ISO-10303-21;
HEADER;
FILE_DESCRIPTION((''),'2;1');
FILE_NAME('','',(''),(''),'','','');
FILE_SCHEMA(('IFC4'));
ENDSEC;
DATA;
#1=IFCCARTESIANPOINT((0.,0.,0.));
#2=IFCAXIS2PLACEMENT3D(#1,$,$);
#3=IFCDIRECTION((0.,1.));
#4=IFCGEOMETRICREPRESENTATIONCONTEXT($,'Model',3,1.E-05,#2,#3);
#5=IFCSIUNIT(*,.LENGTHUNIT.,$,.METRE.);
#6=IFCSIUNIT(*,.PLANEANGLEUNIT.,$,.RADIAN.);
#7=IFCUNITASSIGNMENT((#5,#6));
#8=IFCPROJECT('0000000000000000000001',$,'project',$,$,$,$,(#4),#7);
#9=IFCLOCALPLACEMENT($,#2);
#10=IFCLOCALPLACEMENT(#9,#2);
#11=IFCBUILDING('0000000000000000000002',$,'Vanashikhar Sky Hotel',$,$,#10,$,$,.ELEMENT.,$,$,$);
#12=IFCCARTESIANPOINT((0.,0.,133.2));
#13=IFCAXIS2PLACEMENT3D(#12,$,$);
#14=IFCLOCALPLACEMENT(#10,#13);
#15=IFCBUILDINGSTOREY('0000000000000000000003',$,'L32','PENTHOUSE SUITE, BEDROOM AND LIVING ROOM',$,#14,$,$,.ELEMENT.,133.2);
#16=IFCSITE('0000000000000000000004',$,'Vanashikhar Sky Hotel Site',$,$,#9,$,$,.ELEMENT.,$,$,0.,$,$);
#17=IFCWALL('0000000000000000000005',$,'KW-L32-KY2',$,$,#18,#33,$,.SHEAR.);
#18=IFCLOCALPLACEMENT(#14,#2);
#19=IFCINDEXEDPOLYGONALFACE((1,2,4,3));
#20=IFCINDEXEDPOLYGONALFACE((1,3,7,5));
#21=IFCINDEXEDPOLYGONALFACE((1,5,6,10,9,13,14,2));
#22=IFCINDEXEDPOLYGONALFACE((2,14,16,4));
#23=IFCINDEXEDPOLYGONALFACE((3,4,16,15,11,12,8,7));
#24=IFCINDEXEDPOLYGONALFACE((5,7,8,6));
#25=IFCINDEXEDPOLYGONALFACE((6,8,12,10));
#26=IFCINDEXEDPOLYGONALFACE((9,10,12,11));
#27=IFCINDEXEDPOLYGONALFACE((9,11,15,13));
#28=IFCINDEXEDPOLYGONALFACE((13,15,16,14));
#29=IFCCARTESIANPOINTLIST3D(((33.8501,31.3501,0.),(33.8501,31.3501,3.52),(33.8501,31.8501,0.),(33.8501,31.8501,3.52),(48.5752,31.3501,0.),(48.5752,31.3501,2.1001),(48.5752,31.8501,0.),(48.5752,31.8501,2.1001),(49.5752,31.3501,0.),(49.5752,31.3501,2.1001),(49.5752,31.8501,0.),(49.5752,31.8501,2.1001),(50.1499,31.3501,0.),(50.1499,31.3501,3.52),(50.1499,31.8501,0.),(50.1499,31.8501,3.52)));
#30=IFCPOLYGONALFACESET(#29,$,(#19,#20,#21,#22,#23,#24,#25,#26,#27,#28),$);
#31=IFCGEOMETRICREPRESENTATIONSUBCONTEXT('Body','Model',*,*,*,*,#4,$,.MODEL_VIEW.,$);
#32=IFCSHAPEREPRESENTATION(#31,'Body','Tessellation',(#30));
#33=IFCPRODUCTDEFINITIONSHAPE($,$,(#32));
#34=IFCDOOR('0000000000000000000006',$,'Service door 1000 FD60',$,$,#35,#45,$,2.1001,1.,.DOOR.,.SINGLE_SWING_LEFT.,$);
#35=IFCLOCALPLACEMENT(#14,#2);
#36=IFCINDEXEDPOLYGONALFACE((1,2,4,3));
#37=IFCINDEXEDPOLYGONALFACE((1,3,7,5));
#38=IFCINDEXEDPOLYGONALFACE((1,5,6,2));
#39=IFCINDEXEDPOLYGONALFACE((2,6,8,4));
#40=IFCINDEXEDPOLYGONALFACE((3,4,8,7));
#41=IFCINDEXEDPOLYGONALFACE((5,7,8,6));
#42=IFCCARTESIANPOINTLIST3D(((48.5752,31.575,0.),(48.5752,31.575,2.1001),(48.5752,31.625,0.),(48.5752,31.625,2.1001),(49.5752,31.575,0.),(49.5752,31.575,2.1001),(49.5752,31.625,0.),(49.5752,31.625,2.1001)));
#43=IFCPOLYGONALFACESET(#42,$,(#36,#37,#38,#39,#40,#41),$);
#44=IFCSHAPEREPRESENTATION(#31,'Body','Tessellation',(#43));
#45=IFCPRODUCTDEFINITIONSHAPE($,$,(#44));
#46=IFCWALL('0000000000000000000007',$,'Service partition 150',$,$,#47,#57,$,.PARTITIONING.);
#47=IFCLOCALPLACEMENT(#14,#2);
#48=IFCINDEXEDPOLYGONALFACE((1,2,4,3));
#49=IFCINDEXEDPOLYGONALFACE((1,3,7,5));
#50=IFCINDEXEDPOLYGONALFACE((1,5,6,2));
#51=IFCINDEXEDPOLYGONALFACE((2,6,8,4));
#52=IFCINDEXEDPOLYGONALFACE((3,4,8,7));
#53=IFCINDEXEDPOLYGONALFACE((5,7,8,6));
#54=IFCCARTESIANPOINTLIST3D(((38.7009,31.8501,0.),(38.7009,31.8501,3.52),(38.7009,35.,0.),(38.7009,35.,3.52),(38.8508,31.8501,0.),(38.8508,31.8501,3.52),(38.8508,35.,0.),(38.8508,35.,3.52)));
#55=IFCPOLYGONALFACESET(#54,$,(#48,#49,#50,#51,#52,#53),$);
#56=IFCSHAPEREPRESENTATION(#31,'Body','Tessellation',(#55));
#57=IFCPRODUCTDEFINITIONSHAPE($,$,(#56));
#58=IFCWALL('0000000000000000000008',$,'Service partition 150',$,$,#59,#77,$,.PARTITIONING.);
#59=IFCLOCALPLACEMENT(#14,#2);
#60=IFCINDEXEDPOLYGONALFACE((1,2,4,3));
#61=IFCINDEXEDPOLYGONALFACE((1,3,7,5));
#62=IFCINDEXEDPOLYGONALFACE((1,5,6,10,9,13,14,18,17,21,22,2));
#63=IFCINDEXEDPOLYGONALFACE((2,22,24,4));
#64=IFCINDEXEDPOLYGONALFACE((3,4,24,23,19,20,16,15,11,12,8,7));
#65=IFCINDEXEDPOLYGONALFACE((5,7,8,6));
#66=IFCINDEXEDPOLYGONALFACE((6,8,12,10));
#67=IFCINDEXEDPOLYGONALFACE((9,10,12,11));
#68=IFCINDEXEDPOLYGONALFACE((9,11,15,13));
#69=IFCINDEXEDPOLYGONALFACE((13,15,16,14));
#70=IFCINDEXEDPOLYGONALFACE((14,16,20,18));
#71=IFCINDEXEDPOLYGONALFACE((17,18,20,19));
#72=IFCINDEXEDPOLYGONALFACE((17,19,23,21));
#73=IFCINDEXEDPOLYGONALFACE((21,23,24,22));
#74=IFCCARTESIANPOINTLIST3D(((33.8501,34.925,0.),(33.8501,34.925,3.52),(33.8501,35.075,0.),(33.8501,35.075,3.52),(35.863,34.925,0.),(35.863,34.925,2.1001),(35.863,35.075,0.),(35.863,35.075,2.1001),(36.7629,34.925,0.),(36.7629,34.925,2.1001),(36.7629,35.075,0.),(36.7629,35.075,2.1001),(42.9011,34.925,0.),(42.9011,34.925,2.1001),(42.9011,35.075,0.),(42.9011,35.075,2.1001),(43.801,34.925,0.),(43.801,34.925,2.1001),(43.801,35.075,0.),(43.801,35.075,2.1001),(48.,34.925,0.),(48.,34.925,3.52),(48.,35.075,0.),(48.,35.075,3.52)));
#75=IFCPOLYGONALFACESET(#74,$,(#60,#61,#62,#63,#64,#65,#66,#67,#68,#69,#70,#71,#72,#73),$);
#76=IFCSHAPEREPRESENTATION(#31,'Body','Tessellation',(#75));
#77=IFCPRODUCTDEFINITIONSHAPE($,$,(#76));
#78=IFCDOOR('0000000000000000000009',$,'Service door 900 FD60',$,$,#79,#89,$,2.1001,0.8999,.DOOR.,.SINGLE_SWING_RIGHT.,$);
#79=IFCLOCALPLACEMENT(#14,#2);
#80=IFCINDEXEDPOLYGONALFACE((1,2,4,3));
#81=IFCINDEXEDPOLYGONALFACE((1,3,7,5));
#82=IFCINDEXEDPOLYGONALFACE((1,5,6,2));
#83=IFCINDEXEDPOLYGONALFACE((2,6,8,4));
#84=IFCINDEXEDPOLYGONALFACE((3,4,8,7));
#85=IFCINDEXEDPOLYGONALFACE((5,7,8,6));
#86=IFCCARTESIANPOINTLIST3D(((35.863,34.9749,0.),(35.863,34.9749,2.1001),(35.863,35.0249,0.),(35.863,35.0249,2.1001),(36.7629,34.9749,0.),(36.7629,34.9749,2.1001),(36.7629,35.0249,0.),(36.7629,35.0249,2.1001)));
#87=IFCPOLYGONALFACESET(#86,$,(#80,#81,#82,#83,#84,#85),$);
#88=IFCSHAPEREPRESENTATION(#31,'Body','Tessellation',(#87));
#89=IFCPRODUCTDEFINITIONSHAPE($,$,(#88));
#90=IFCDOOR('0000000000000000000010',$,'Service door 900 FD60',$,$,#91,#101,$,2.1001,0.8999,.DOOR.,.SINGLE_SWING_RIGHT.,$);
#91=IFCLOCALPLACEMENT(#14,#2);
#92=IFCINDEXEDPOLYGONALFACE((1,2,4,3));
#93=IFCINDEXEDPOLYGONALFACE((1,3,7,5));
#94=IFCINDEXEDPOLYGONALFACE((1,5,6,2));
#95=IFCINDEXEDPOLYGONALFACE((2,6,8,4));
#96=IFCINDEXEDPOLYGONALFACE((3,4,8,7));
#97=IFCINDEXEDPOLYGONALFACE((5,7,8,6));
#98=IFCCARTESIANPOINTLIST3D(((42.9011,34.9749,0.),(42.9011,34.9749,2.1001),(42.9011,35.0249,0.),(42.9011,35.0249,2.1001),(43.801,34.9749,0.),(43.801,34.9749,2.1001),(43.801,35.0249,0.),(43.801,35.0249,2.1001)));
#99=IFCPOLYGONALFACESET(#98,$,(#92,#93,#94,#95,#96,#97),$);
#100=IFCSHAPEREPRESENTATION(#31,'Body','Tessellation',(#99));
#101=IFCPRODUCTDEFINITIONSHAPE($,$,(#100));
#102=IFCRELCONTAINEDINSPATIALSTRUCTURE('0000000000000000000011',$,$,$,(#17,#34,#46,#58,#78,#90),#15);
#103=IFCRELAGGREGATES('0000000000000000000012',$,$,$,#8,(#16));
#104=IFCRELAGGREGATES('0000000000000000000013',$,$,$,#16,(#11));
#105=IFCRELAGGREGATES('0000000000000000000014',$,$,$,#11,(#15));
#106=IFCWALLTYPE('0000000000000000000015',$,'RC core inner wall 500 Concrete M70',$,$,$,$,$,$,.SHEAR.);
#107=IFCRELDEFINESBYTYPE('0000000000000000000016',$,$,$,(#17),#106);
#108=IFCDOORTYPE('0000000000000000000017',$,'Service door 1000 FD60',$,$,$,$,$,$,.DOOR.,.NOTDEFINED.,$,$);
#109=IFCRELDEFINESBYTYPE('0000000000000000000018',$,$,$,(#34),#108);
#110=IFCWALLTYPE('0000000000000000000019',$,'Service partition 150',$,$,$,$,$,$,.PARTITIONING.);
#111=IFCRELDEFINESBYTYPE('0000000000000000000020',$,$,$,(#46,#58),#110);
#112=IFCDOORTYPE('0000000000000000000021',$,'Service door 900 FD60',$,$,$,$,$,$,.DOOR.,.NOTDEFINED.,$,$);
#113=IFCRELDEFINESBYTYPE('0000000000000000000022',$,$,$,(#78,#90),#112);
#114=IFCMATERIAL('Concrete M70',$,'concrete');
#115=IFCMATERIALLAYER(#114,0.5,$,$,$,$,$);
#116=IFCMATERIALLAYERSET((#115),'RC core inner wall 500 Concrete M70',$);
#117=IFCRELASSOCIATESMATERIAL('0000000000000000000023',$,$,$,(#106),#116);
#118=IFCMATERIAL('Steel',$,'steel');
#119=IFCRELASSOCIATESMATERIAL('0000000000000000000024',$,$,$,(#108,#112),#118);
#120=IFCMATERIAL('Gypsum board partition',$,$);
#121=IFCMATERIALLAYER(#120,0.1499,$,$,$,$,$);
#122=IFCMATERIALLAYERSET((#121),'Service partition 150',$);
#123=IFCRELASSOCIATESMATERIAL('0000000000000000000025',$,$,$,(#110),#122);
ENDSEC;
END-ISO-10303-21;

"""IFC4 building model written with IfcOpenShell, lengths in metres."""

from ifc_helpers import new_model, si_unit, direction, frame, frame_2d, origin, place, context, subcontext, project, spatial, rectangle, extrude, source, transform, mapped, material, layer, layer_set, type_object, element, fill, save


model = new_model("IFC4")

# Units and contexts
model_context = context("Model", 3, precision=1e-05, world=origin(), true_north=direction((0.0, 1.0)))
body_context = subcontext(model_context, "Body", "Model", "MODEL_VIEW")
ifc_project = project(units=[si_unit("LENGTHUNIT", "METRE"), si_unit("PLANEANGLEUNIT", "RADIAN")], contexts=[model_context])

# Site, building, storey
site_placement = place(None, origin())
site = spatial("IfcSite", under=ifc_project, at=site_placement, Name="Vanashikhar Sky Hotel Site", CompositionType="ELEMENT", RefElevation=0.0)
building_placement = place(site_placement, origin())
building = spatial("IfcBuilding", under=site, at=building_placement, Name="Vanashikhar Sky Hotel", CompositionType="ELEMENT")
storey_placement = place(building_placement, frame((0.0, 0.0, 133.2)))
storey = spatial("IfcBuildingStorey", under=building, at=storey_placement, Name="L32", Description="PENTHOUSE SUITE, BEDROOM AND LIVING ROOM", CompositionType="ELEMENT", Elevation=133.2)

# Wall, opening, door
ifc_material_1 = material(Name="Concrete M70", Category="concrete")
ifc_layer_1 = layer(ifc_material_1, 0.5)
ifc_layer_set_1 = layer_set([ifc_layer_1], Name="RC core inner wall 500 Concrete M70")
wall_type_1 = type_object("IfcWallType", Name="RC core inner wall 500 Concrete M70", PredefinedType="SHEAR", material=ifc_layer_set_1)
shared_shape_1 = source(origin(), body_context, "Body", "SweptSolid", [
    extrude(rectangle(XDim=16.2998, YDim=0.5, at=frame_2d((8.1499, 0.0))), origin(), (0.0, 0.0, 1.0), 3.52),
])
wall_1_placement = place(storey_placement, frame((33.8501, 31.6001, 0.0), z_axis=(0.0, 0.0, 1.0), x_axis=(1.0, 0.0, 0.0)))
wall_1 = element("IfcWall", 1, at=wall_1_placement, inside=storey, type_object=wall_type_1, Name="KW-L32-KY2", PredefinedType="SHEAR", context=body_context, shape_type="MappedRepresentation", body=[
    mapped(shared_shape_1, transform((0.0, 0.0, 0.0), scale=1.0)),
])
shared_shape_2 = source(origin(), body_context, "Body", "SweptSolid", [
    extrude(rectangle(XDim=1.0, YDim=2.1001, at=frame_2d((0.5, 1.05))), frame((0.0, 0.26, 0.0), z_axis=(0.0, -1.0, 0.0), x_axis=(1.0, 0.0, 0.0)), (0.0, 0.0, 1.0), 0.52),
])
opening_1_placement = place(wall_1_placement, frame((14.7251, 0.0, 0.0)))
opening_1 = element("IfcOpeningElement", 2, at=opening_1_placement, cuts=wall_1, PredefinedType="OPENING", context=body_context, shape_type="MappedRepresentation", body=[
    mapped(shared_shape_2, transform((0.0, 0.0, 0.0), scale=1.0)),
])
ifc_material_2 = material(Name="Steel", Category="steel")
door_type_1 = type_object("IfcDoorType", Name="Service door 1000 FD60", OperationType="NOTDEFINED", PredefinedType="DOOR", material=ifc_material_2)
shared_shape_3 = source(origin(), body_context, "Body", "SweptSolid", [
    extrude(rectangle(XDim=1.0, YDim=2.1001, at=frame_2d((0.5, 1.05))), frame((0.0, 0.0249, 0.0), z_axis=(0.0, -1.0, 0.0), x_axis=(1.0, 0.0, 0.0)), (0.0, 0.0, 1.0), 0.05),
])
door_1_placement = place(opening_1_placement, origin())
door_1 = element("IfcDoor", 3, at=door_1_placement, inside=storey, type_object=door_type_1, Name="Service door 1000 FD60", OperationType="SINGLE_SWING_LEFT", OverallHeight=2.1001, OverallWidth=1.0, PredefinedType="DOOR", context=body_context, shape_type="MappedRepresentation", body=[
    mapped(shared_shape_3, transform((0.0, 0.0, 0.0), scale=1.0)),
])
fill(opening_1, door_1)

# Wall
ifc_material_3 = material(Name="Gypsum board partition")
ifc_layer_2 = layer(ifc_material_3, 0.1499)
ifc_layer_set_2 = layer_set([ifc_layer_2], Name="Service partition 150")
wall_type_2 = type_object("IfcWallType", Name="Service partition 150", PredefinedType="PARTITIONING", material=ifc_layer_set_2)
shared_shape_4 = source(origin(), body_context, "Body", "SweptSolid", [
    extrude(rectangle(XDim=3.1499, YDim=0.1499, at=frame_2d((1.575, 0.0))), origin(), (0.0, 0.0, 1.0), 3.52),
])
wall_2_placement = place(storey_placement, frame((38.7759, 31.8501, 0.0), z_axis=(0.0, 0.0, 1.0), x_axis=(0.0, 1.0, 0.0)))
element("IfcWall", 4, at=wall_2_placement, inside=storey, type_object=wall_type_2, Name="Service partition 150", PredefinedType="PARTITIONING", context=body_context, shape_type="MappedRepresentation", body=[
    mapped(shared_shape_4, transform((0.0, 0.0, 0.0), scale=1.0)),
])

# Wall, openings, doors
shared_shape_5 = source(origin(), body_context, "Body", "SweptSolid", [
    extrude(rectangle(XDim=14.1499, YDim=0.1499, at=frame_2d((7.075, 0.0))), origin(), (0.0, 0.0, 1.0), 3.52),
])
wall_3_placement = place(storey_placement, frame((33.8501, 35.0, 0.0), z_axis=(0.0, 0.0, 1.0), x_axis=(1.0, 0.0, 0.0)))
wall_3 = element("IfcWall", 5, at=wall_3_placement, inside=storey, type_object=wall_type_2, Name="Service partition 150", PredefinedType="PARTITIONING", context=body_context, shape_type="MappedRepresentation", body=[
    mapped(shared_shape_5, transform((0.0, 0.0, 0.0), scale=1.0)),
])
shared_shape_6 = source(origin(), body_context, "Body", "SweptSolid", [
    extrude(rectangle(XDim=0.8999, YDim=2.1001, at=frame_2d((0.45, 1.05))), frame((0.0, 0.085, 0.0), z_axis=(0.0, -1.0, 0.0), x_axis=(1.0, 0.0, 0.0)), (0.0, 0.0, 1.0), 0.1699),
])
opening_2_placement = place(wall_3_placement, frame((2.0129, 0.0, 0.0)))
opening_2 = element("IfcOpeningElement", 6, at=opening_2_placement, cuts=wall_3, PredefinedType="OPENING", context=body_context, shape_type="MappedRepresentation", body=[
    mapped(shared_shape_6, transform((0.0, 0.0, 0.0), scale=1.0)),
])
opening_3_placement = place(wall_3_placement, frame((9.051, 0.0, 0.0)))
opening_3 = element("IfcOpeningElement", 7, at=opening_3_placement, cuts=wall_3, PredefinedType="OPENING", context=body_context, shape_type="MappedRepresentation", body=[
    mapped(shared_shape_6, transform((0.0, 0.0, 0.0), scale=1.0)),
])
door_type_2 = type_object("IfcDoorType", Name="Service door 900 FD60", OperationType="NOTDEFINED", PredefinedType="DOOR", material=ifc_material_2)
shared_shape_7 = source(origin(), body_context, "Body", "SweptSolid", [
    extrude(rectangle(XDim=0.8999, YDim=2.1001, at=frame_2d((0.45, 1.05))), frame((0.0, 0.0249, 0.0), z_axis=(0.0, -1.0, 0.0), x_axis=(1.0, 0.0, 0.0)), (0.0, 0.0, 1.0), 0.05),
])
door_2_placement = place(opening_2_placement, origin())
door_2 = element("IfcDoor", 8, at=door_2_placement, inside=storey, type_object=door_type_2, Name="Service door 900 FD60", OperationType="SINGLE_SWING_RIGHT", OverallHeight=2.1001, OverallWidth=0.8999, PredefinedType="DOOR", context=body_context, shape_type="MappedRepresentation", body=[
    mapped(shared_shape_7, transform((0.0, 0.0, 0.0), scale=1.0)),
])
fill(opening_2, door_2)
door_3_placement = place(opening_3_placement, origin())
door_3 = element("IfcDoor", 9, at=door_3_placement, inside=storey, type_object=door_type_2, Name="Service door 900 FD60", OperationType="SINGLE_SWING_RIGHT", OverallHeight=2.1001, OverallWidth=0.8999, PredefinedType="DOOR", context=body_context, shape_type="MappedRepresentation", body=[
    mapped(shared_shape_7, transform((0.0, 0.0, 0.0), scale=1.0)),
])
fill(opening_3, door_3)

save(model, "model.ifc")
